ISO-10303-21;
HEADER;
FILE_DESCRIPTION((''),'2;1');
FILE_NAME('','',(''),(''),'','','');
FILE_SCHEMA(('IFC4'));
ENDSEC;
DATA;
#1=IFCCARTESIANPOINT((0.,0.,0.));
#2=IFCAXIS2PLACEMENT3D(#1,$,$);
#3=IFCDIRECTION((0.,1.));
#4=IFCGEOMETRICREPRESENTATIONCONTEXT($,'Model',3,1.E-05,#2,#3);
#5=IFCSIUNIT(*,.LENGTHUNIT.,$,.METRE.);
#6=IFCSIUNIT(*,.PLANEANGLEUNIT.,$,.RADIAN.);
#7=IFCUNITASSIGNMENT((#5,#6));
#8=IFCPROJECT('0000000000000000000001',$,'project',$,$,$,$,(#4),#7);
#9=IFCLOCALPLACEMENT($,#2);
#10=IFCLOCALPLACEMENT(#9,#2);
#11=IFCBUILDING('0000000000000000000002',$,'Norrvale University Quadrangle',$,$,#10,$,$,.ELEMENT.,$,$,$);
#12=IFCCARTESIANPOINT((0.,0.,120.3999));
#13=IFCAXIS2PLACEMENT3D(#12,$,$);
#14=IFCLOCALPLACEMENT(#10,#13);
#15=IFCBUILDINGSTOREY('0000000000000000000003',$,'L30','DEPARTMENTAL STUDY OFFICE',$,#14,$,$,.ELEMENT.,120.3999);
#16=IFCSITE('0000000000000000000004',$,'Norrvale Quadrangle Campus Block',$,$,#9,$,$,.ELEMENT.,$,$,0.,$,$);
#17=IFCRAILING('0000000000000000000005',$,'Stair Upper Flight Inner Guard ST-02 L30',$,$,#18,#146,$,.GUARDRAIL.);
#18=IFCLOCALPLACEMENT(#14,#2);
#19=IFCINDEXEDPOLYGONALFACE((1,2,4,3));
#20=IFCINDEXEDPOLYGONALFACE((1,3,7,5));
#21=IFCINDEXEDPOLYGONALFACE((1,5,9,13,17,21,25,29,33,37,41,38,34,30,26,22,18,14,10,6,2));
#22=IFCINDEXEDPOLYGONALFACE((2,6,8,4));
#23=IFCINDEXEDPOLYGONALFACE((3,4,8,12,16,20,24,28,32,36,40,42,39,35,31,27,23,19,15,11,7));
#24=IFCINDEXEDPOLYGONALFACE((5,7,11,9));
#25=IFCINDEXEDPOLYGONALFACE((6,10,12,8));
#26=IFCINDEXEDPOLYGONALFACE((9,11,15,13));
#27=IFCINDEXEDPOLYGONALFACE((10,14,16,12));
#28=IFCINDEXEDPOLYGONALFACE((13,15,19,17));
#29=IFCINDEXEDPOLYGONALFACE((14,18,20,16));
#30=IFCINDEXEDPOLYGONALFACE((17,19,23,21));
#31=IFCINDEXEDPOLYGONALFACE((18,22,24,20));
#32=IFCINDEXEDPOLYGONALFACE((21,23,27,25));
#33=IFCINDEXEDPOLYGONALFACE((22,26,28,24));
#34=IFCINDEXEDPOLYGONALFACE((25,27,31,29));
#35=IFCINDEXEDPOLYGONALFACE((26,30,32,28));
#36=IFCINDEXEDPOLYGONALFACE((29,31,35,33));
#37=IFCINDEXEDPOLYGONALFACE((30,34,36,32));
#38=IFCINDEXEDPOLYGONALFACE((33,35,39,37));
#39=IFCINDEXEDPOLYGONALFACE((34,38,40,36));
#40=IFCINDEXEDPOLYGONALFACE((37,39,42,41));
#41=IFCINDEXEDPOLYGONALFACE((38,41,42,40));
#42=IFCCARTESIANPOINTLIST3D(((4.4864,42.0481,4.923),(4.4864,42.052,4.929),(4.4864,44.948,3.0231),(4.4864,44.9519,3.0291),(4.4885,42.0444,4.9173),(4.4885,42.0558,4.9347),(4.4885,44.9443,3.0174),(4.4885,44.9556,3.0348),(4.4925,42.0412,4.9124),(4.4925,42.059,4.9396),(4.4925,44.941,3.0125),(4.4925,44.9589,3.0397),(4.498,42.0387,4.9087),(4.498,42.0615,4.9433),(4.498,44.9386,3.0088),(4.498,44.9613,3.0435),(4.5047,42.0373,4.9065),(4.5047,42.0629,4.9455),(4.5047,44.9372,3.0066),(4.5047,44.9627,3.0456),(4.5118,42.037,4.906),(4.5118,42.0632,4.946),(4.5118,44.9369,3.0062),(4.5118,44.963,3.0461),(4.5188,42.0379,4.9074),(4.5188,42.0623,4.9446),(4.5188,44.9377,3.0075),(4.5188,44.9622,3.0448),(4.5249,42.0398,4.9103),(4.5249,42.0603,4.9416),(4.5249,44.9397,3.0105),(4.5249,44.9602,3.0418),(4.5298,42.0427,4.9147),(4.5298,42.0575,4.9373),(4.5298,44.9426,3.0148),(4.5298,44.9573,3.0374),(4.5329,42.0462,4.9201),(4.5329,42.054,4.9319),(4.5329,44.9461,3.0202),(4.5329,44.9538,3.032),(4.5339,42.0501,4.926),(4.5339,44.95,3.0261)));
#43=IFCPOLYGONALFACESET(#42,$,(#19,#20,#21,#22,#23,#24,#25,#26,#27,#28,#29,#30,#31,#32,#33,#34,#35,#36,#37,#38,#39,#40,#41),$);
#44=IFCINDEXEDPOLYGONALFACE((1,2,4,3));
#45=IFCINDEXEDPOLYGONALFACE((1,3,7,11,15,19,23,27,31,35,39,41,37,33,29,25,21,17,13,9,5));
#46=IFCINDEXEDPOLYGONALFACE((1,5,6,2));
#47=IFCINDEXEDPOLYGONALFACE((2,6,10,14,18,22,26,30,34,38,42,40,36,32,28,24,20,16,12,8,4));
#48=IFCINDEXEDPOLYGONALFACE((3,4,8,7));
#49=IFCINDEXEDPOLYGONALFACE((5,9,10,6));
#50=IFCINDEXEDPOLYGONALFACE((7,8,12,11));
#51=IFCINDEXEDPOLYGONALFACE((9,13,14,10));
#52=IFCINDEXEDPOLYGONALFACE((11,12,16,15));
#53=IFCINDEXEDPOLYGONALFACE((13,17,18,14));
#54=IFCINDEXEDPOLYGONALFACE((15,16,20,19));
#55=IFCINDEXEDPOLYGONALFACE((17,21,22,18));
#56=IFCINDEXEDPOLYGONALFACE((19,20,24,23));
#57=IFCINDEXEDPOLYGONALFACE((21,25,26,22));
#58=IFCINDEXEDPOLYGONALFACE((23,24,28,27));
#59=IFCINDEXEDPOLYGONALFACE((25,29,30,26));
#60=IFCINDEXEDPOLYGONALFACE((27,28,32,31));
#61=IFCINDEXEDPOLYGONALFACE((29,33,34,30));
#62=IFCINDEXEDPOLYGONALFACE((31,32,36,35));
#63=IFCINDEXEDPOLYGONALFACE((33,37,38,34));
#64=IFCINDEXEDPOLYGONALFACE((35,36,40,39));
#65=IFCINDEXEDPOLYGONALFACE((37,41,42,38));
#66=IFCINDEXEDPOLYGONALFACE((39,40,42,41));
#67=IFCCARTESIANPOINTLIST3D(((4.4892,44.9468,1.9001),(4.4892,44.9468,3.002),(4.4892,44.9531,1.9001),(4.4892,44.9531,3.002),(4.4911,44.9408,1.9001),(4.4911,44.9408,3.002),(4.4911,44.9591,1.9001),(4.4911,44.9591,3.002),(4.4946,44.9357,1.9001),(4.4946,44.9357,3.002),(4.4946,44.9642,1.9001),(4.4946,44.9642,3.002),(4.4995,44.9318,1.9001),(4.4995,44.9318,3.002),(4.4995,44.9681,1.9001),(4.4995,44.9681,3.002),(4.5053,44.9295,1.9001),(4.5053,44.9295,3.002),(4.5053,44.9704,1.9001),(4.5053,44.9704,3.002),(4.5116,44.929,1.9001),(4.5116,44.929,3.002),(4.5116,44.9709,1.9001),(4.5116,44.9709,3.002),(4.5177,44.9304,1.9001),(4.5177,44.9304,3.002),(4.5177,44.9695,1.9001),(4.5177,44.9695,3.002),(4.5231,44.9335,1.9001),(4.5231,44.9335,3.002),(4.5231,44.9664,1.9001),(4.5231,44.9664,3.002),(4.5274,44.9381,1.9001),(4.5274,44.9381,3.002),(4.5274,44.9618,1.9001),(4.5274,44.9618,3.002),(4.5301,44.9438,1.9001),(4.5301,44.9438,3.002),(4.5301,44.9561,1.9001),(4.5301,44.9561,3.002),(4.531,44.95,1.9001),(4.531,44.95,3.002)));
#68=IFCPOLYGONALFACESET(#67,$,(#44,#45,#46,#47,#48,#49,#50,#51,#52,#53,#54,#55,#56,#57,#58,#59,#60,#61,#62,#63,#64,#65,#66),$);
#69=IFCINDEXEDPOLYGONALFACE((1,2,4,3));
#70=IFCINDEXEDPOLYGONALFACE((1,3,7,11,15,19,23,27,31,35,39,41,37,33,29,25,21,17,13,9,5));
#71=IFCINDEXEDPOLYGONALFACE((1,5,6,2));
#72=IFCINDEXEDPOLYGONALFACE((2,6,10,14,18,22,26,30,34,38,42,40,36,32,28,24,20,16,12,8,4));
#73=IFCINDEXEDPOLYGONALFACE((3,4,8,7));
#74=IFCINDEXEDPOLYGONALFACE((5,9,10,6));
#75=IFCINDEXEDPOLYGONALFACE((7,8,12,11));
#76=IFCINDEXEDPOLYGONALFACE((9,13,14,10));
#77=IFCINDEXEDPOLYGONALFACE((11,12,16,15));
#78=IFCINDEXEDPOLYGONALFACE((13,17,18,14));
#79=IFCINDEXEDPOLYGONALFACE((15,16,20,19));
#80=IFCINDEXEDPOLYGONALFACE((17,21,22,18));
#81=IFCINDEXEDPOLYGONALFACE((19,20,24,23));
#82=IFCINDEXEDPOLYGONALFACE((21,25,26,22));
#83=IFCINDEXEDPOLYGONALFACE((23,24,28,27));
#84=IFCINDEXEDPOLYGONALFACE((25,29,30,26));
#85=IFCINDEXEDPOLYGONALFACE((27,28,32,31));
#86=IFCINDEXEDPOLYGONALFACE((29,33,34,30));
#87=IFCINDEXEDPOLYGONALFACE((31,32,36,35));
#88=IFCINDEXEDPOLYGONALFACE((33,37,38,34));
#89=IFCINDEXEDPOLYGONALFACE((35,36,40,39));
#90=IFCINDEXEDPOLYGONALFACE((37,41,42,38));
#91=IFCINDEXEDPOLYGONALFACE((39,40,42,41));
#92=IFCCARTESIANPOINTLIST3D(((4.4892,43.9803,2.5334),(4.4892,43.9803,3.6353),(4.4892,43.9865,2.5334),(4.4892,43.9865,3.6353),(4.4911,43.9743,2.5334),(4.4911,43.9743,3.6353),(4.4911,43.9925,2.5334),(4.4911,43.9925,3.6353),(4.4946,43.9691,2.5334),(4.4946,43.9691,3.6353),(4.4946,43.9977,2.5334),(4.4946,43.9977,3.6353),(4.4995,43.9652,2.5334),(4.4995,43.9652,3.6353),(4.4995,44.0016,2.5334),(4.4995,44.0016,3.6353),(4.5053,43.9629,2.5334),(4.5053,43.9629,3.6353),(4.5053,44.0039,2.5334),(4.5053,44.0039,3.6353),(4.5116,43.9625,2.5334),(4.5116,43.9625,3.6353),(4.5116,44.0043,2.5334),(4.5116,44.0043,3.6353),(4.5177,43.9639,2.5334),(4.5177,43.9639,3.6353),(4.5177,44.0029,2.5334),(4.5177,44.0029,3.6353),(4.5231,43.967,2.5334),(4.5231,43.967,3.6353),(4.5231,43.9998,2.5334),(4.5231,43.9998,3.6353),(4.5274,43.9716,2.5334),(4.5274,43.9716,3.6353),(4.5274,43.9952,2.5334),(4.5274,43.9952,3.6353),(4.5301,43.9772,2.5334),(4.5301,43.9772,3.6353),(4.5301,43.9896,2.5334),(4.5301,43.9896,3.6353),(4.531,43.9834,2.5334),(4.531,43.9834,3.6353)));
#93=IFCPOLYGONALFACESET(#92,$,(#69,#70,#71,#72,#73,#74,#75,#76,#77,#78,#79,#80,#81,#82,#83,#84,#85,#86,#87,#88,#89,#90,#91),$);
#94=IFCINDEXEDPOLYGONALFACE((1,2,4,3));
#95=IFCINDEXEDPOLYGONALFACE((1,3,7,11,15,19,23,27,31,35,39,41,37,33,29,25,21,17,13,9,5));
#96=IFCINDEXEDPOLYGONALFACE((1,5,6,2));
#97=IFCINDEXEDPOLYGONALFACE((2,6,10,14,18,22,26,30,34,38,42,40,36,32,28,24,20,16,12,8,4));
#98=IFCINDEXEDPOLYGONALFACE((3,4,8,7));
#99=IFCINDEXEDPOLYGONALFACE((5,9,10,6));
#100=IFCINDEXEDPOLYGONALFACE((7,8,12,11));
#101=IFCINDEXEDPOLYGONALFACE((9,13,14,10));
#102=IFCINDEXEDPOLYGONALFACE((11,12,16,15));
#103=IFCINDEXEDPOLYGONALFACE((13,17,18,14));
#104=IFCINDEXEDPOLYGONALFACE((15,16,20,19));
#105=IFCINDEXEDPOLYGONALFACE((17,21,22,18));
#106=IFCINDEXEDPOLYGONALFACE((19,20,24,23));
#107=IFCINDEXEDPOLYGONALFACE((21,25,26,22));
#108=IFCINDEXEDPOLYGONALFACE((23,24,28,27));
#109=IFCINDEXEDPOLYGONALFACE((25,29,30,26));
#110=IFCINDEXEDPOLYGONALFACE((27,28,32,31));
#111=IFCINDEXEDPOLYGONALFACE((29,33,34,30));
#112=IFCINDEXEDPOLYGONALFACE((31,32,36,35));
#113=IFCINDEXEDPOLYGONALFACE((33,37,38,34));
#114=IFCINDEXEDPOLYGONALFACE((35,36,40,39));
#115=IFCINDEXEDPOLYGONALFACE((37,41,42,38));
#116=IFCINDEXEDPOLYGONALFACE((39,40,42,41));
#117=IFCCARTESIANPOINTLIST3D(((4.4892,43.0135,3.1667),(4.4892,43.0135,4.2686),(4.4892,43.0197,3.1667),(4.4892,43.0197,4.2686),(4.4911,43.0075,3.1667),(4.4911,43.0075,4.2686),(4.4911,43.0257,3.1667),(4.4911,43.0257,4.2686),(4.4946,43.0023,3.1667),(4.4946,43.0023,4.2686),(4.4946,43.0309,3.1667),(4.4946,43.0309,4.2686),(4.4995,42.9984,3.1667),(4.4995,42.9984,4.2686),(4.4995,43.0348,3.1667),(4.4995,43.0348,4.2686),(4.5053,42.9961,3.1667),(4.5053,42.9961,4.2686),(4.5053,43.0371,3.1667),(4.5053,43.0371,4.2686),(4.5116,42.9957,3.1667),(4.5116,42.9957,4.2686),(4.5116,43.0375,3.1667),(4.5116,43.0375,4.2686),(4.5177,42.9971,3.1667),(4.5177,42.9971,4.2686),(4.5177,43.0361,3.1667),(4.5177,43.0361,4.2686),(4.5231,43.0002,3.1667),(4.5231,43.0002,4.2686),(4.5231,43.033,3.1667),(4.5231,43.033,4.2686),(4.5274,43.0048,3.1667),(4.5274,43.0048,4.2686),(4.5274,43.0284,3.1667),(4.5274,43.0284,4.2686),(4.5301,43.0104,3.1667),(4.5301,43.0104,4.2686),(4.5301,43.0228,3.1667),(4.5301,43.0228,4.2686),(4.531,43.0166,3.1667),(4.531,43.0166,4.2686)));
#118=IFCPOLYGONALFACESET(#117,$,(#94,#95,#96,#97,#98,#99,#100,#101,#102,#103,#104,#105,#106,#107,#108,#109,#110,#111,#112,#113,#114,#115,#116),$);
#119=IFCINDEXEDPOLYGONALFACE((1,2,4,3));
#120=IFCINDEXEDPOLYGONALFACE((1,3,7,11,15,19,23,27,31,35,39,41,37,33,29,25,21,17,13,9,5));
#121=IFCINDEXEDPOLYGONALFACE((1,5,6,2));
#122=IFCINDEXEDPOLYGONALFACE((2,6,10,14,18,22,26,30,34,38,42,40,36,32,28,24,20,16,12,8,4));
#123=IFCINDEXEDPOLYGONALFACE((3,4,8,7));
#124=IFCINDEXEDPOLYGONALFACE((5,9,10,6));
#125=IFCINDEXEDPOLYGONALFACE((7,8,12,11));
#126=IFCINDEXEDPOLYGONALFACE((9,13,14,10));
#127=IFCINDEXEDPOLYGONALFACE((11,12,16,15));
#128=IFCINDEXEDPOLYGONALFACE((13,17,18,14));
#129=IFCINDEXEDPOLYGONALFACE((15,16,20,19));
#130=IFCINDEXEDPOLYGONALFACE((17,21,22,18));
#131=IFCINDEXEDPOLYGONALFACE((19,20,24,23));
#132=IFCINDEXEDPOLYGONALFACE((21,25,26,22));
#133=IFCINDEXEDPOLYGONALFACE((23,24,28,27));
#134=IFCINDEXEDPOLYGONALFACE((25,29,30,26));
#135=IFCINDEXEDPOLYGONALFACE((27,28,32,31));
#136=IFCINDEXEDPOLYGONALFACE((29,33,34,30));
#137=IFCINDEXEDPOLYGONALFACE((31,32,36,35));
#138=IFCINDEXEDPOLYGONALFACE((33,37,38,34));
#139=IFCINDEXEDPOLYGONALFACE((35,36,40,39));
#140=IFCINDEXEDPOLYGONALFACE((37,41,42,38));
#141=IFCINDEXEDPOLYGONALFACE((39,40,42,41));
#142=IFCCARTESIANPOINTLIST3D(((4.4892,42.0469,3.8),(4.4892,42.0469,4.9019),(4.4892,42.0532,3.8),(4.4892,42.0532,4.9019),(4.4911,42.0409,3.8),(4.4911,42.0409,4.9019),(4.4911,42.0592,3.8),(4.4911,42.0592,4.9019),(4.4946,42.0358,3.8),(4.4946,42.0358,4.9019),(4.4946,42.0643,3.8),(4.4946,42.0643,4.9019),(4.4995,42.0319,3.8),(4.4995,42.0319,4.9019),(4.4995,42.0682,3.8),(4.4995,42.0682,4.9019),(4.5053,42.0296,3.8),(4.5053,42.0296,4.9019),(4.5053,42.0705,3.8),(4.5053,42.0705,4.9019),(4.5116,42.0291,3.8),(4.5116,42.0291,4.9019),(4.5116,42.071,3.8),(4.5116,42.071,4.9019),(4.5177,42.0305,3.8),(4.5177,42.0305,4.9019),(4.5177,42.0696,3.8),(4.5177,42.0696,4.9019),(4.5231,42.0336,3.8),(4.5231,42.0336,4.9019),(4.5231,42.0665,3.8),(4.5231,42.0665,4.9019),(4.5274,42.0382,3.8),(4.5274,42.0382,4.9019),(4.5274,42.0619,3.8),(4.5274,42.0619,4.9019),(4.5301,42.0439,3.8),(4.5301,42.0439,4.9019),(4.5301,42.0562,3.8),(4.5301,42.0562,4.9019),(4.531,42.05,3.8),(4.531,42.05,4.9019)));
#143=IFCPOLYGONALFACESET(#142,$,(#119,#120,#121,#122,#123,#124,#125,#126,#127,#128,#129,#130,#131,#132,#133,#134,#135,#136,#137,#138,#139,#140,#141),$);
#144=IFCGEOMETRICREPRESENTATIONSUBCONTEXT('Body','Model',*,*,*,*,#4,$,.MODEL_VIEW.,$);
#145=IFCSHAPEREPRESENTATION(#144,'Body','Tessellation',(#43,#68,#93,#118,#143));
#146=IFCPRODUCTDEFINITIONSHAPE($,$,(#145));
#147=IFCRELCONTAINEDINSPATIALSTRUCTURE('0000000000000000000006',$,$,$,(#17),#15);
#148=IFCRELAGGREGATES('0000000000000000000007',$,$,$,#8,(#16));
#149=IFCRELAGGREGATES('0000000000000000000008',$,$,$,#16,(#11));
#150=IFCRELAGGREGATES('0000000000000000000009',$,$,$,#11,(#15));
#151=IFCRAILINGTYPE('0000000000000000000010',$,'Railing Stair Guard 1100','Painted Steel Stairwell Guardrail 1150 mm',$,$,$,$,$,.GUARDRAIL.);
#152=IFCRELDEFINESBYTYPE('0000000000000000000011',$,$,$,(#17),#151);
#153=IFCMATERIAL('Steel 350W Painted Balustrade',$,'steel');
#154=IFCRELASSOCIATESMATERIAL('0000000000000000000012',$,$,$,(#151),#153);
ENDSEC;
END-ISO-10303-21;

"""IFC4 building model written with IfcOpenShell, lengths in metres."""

from ifc_helpers import new_model, si_unit, direction, frame, origin, origin_2d, place, context, subcontext, project, spatial, circle, extrude, material, type_object, element, save


model = new_model("IFC4")

# Units and contexts
model_context = context("Model", 3, precision=1e-05, world=origin(), true_north=direction((0.0, 1.0)))
body_context = subcontext(model_context, "Body", "Model", "MODEL_VIEW")
ifc_project = project(units=[si_unit("LENGTHUNIT", "METRE"), si_unit("PLANEANGLEUNIT", "RADIAN")], contexts=[model_context])

# Site, building, storey
site_placement = place(None, origin())
site = spatial("IfcSite", under=ifc_project, at=site_placement, Name="Norrvale Quadrangle Campus Block", CompositionType="ELEMENT", RefElevation=0.0)
building_placement = place(site_placement, origin())
building = spatial("IfcBuilding", under=site, at=building_placement, Name="Norrvale University Quadrangle", CompositionType="ELEMENT")
storey_placement = place(building_placement, frame((0.0, 0.0, 120.3999)))
storey = spatial("IfcBuildingStorey", under=building, at=storey_placement, Name="L30", Description="DEPARTMENTAL STUDY OFFICE", CompositionType="ELEMENT", Elevation=120.3999)

# Railing
ifc_material_1 = material(Name="Steel 350W Painted Balustrade", Category="steel")
railing_type_1 = type_object("IfcRailingType", Name="Railing Stair Guard 1100", Description="Painted Steel Stairwell Guardrail 1150 mm", PredefinedType="GUARDRAIL", material=ifc_material_1)
railing_1_placement = place(storey_placement, frame((4.51, 44.95, 1.9001)))
element("IfcRailing", 1, at=railing_1_placement, inside=storey, type_object=railing_type_1, Name="Stair Upper Flight Inner Guard ST-02 L30", PredefinedType="GUARDRAIL", context=body_context, shape_type="SweptSolid", body=[
    extrude(circle(Radius=0.0239, at=origin_2d()), frame((0.0, 0.0, 1.126), z_axis=(0.0, -0.836466, 0.548019), x_axis=(1.0, 0.0, 0.0)), (0.0, 0.0, 1.0), 3.4668),
    extrude(circle(Radius=0.021, at=origin_2d()), origin(), (0.0, 0.0, 1.0), 1.1018),
    extrude(circle(Radius=0.021, at=origin_2d()), frame((0.0, -0.9666, 0.6333)), (0.0, 0.0, 1.0), 1.1018),
    extrude(circle(Radius=0.021, at=origin_2d()), frame((0.0, -1.9333, 1.2666)), (0.0, 0.0, 1.0), 1.1018),
    extrude(circle(Radius=0.021, at=origin_2d()), frame((0.0, -2.8999, 1.8999)), (0.0, 0.0, 1.0), 1.1018),
])

save(model, "model.ifc")
